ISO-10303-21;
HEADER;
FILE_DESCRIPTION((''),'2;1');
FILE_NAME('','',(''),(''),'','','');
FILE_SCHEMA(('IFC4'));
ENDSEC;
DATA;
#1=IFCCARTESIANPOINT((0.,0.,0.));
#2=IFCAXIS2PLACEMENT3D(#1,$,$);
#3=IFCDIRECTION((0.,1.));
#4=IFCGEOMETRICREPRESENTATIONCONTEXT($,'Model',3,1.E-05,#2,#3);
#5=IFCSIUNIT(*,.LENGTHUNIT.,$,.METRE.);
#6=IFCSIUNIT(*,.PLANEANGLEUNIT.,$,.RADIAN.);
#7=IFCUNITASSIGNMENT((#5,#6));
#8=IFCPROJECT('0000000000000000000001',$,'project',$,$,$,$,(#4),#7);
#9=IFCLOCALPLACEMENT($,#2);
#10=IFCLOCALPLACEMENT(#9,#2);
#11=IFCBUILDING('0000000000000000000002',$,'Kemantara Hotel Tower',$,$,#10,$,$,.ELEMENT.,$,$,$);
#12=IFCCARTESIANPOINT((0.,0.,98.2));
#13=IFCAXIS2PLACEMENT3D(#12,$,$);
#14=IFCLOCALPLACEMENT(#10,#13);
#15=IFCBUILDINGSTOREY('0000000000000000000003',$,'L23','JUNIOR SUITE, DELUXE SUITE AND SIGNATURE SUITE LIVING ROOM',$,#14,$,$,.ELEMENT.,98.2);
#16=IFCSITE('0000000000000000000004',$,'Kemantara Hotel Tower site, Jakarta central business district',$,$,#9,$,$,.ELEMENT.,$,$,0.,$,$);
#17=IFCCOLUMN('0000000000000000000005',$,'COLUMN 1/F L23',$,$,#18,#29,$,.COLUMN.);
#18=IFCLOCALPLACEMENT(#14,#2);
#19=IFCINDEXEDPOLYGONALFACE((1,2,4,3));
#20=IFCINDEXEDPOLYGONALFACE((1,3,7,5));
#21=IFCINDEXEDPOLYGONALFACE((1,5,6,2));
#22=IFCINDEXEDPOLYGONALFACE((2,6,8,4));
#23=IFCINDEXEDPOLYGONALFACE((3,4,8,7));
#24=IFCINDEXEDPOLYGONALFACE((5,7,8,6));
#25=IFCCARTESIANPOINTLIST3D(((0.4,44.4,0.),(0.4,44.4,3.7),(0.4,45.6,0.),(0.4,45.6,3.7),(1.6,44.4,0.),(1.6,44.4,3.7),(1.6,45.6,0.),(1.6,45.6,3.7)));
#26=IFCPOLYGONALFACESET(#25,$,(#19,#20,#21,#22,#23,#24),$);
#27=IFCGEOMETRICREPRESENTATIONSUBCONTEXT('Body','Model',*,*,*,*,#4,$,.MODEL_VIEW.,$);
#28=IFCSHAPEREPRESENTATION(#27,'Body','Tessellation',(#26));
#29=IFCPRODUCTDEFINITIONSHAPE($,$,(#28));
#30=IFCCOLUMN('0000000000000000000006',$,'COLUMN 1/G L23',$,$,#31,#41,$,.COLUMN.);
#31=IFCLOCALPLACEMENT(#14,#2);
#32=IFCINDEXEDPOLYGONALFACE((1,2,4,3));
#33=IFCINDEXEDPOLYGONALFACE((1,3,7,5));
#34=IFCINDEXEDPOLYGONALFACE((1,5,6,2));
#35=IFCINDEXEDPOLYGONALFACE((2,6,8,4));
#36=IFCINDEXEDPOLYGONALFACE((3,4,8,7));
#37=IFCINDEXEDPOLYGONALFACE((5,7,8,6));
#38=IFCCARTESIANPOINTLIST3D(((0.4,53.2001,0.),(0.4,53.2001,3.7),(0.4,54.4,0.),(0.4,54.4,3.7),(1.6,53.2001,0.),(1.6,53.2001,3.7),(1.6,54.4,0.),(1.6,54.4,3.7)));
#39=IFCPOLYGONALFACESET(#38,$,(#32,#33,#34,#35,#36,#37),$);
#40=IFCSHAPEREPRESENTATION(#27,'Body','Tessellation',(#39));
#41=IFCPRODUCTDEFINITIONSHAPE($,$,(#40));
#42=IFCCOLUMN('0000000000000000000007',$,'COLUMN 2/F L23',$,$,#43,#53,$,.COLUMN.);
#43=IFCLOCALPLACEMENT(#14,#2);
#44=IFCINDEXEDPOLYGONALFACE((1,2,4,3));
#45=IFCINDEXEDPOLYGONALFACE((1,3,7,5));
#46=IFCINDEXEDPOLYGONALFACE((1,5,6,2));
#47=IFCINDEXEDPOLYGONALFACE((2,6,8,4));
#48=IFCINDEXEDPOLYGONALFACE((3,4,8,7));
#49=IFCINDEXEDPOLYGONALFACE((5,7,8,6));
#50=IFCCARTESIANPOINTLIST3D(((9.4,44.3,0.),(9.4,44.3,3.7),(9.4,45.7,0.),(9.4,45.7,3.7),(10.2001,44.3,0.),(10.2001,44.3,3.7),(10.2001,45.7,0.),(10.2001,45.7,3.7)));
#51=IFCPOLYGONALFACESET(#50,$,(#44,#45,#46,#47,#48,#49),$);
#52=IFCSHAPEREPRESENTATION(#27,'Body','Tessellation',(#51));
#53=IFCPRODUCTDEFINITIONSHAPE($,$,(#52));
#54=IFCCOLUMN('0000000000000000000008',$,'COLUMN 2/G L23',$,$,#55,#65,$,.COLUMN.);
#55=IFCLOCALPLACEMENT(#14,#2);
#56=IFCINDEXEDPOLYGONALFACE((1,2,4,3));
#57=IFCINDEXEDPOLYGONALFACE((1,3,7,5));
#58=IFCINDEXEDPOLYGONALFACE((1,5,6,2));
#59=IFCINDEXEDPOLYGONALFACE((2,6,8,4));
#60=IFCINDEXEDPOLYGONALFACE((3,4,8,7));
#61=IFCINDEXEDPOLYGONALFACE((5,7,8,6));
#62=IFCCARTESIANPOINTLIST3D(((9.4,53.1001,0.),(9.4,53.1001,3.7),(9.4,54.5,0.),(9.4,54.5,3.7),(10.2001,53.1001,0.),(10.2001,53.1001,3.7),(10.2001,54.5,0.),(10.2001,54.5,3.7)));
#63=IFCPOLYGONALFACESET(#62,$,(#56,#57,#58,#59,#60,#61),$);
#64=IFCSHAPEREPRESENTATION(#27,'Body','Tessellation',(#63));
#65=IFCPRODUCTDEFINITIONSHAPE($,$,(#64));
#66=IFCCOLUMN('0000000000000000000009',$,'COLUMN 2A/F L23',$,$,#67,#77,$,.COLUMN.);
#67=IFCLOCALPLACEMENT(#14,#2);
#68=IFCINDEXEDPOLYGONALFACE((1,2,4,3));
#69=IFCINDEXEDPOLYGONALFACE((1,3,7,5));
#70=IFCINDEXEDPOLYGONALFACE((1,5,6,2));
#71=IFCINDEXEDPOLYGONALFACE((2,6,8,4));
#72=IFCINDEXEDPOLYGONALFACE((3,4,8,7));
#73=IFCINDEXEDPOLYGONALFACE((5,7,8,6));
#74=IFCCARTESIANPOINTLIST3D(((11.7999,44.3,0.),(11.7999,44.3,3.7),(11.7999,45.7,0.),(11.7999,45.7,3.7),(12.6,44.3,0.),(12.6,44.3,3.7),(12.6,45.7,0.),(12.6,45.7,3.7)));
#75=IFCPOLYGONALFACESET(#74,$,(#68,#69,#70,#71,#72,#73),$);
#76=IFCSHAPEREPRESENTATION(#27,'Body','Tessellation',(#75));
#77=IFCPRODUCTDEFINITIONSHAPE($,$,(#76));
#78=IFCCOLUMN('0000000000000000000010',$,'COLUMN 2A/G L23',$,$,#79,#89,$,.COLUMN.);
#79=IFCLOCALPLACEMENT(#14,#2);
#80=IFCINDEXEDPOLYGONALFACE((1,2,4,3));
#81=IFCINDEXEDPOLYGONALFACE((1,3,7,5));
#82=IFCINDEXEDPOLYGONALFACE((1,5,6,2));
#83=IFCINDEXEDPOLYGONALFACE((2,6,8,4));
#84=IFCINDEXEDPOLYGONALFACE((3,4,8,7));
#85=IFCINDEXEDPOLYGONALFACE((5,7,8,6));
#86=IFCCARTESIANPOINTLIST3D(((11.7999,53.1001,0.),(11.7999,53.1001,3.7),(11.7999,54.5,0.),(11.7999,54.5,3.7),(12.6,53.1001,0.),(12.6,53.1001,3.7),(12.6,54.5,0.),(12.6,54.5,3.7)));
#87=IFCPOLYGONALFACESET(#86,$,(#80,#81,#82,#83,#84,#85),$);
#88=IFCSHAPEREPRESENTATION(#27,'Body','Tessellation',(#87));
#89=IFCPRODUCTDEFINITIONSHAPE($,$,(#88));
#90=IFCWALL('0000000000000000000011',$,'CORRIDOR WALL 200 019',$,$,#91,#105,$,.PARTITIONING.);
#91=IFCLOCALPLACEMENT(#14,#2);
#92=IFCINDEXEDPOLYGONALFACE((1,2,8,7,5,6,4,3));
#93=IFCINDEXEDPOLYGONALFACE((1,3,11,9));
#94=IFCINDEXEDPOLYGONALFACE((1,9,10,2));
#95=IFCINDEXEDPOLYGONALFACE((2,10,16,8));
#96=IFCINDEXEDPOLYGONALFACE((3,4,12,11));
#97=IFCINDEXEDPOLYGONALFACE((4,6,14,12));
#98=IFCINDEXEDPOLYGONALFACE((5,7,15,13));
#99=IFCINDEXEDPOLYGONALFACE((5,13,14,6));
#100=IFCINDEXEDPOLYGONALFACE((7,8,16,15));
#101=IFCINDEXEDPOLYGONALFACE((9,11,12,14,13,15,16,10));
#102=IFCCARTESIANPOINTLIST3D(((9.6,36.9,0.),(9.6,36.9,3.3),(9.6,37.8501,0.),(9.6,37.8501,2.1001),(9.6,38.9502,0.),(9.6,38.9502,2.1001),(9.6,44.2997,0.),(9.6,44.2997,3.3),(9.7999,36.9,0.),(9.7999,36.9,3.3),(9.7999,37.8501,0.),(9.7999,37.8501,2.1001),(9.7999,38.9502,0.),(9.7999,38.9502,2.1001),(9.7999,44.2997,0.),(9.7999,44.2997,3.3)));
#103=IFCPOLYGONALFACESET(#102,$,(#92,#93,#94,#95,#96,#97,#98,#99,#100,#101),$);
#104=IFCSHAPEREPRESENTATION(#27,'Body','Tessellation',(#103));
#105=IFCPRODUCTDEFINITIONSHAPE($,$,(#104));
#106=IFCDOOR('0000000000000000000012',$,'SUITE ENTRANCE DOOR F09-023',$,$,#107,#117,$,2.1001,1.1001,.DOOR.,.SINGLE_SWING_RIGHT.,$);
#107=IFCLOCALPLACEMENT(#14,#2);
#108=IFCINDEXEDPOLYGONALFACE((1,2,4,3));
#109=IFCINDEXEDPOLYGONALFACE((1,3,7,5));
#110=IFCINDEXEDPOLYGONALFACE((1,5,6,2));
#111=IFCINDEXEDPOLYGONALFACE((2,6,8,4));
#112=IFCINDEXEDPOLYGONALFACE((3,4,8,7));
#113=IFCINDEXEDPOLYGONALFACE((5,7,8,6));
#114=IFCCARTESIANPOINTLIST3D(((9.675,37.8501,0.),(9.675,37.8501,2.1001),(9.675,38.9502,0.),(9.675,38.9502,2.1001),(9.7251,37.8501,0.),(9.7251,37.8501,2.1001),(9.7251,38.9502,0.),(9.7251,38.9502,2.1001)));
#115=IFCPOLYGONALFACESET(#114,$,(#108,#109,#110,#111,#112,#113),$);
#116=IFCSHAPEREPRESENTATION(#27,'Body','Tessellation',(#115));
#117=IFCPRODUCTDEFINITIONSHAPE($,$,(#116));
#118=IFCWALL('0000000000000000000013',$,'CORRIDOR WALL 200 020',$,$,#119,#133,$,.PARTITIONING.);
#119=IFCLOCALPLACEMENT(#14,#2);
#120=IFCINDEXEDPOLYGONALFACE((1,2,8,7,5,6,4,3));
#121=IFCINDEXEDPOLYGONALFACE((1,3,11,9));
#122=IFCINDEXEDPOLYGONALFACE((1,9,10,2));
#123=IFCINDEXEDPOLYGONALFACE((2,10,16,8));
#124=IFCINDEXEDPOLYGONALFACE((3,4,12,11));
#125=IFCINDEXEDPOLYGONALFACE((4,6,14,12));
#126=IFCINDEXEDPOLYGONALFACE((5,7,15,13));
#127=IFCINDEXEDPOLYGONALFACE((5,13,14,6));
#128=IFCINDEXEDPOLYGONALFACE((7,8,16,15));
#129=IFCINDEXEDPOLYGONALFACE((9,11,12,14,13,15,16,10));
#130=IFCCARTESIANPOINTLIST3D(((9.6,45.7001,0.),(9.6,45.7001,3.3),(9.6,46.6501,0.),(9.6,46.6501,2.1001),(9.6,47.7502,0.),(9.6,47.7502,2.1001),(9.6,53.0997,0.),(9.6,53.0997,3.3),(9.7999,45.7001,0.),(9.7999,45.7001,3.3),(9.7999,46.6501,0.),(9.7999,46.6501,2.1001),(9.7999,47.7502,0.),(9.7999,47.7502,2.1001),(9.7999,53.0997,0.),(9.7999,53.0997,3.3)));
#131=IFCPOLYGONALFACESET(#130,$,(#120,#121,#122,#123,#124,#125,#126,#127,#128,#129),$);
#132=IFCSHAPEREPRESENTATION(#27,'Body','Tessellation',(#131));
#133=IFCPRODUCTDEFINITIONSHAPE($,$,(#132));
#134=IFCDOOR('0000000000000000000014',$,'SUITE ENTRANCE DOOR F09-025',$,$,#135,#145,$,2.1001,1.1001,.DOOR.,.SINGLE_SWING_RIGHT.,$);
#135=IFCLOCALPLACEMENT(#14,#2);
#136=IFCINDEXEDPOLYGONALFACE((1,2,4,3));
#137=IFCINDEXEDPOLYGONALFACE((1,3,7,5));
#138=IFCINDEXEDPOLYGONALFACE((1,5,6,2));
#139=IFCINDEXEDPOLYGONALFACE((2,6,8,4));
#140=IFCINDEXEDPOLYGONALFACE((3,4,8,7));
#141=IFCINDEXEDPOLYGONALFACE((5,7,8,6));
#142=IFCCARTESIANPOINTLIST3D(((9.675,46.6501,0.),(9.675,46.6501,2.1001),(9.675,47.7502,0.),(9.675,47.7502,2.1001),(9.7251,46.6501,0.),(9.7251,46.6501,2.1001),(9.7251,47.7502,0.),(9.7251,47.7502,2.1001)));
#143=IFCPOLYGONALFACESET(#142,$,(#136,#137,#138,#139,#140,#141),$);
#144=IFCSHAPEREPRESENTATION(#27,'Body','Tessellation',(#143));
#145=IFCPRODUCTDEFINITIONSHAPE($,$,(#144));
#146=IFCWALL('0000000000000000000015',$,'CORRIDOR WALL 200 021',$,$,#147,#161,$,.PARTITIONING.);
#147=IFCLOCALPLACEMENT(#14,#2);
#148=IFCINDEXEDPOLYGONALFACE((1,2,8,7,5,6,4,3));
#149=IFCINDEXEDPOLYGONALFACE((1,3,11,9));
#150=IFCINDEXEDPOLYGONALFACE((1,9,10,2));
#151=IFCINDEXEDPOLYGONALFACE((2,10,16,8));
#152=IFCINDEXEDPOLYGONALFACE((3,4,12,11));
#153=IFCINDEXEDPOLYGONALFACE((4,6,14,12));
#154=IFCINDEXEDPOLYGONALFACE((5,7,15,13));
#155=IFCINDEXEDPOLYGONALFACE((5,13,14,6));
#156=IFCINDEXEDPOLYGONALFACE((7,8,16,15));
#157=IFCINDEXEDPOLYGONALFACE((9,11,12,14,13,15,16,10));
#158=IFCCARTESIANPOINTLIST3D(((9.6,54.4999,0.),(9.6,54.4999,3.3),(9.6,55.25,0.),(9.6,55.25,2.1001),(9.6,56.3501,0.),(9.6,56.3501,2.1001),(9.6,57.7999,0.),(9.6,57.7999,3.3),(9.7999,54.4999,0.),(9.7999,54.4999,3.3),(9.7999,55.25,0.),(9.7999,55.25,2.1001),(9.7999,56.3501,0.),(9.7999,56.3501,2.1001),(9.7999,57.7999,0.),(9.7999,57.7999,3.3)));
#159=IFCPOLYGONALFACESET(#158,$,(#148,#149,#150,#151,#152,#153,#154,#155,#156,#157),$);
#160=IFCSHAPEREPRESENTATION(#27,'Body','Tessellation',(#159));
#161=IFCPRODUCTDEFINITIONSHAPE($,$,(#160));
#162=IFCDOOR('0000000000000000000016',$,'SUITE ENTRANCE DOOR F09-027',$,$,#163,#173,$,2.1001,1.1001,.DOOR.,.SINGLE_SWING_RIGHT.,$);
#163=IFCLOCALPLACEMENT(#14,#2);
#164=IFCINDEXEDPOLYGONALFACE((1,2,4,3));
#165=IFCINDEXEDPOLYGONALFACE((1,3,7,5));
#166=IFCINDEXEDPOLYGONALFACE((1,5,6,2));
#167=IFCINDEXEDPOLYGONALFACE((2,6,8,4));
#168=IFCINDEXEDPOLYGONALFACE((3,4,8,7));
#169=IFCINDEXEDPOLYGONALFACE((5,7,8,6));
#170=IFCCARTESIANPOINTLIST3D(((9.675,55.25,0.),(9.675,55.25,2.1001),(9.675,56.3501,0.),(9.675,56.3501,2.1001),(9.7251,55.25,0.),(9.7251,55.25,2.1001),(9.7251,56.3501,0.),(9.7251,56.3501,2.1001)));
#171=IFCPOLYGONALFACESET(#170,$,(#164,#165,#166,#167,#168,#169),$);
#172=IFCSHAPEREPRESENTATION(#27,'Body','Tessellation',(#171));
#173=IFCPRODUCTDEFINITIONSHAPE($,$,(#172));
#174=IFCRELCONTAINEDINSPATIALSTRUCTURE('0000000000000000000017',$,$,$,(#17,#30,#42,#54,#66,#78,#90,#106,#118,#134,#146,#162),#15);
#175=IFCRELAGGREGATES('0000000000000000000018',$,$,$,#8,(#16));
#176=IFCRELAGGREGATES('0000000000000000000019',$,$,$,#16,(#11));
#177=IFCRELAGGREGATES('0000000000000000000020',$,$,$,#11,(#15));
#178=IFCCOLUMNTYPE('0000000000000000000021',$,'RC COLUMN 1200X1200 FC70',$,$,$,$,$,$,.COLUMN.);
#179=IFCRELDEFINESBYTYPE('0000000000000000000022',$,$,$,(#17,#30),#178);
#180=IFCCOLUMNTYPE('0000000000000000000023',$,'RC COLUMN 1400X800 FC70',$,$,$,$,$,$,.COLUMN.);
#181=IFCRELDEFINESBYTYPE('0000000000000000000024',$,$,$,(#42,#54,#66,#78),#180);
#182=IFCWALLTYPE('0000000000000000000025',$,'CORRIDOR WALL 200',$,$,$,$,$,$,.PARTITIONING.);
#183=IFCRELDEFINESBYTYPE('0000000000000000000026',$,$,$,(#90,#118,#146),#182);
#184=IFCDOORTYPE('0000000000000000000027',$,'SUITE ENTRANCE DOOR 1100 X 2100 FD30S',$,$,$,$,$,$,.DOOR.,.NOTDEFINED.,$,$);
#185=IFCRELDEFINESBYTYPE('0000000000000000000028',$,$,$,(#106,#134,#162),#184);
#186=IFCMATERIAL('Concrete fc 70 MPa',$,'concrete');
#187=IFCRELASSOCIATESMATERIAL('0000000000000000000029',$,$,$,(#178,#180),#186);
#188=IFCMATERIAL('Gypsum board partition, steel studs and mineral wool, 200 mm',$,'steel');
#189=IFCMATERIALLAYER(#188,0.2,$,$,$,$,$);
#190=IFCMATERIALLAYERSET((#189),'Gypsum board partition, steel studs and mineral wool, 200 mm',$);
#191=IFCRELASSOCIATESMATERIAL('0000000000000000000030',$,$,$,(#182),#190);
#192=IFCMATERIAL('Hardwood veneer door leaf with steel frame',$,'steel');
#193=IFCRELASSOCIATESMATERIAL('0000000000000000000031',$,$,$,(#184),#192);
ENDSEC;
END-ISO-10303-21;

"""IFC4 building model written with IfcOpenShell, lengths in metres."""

from ifc_helpers import new_model, si_unit, direction, frame, frame_2d, origin, origin_2d, place, context, subcontext, project, spatial, rectangle, extrude, material, layer, layer_set, material_profile, profile_set, type_object, element, fill, save


model = new_model("IFC4")

# Units and contexts
model_context = context("Model", 3, precision=1e-05, world=origin(), true_north=direction((0.0, 1.0)))
body_context = subcontext(model_context, "Body", "Model", "MODEL_VIEW")
ifc_project = project(units=[si_unit("LENGTHUNIT", "METRE"), si_unit("PLANEANGLEUNIT", "RADIAN")], contexts=[model_context])

# Site, building, storey
site_placement = place(None, origin())
site = spatial("IfcSite", under=ifc_project, at=site_placement, Name="Kemantara Hotel Tower site, Jakarta central business district", CompositionType="ELEMENT", RefElevation=0.0)
building_placement = place(site_placement, origin())
building = spatial("IfcBuilding", under=site, at=building_placement, Name="Kemantara Hotel Tower", CompositionType="ELEMENT")
storey_placement = place(building_placement, frame((0.0, 0.0, 98.2)))
storey = spatial("IfcBuildingStorey", under=building, at=storey_placement, Name="L23", Description="JUNIOR SUITE, DELUXE SUITE AND SIGNATURE SUITE LIVING ROOM", CompositionType="ELEMENT", Elevation=98.2)

# Columns
ifc_material_1 = material(Name="Concrete fc 70 MPa", Category="concrete")
ifc_material_profile_1 = material_profile(ifc_material_1, rectangle(XDim=1.2, YDim=1.2, at=origin_2d()), Name="RC 1200X1200")
ifc_profile_set_1 = profile_set([ifc_material_profile_1], Name="Concrete fc 70 MPa")
column_type_1 = type_object("IfcColumnType", Name="RC COLUMN 1200X1200 FC70", PredefinedType="COLUMN", material=ifc_profile_set_1)
for number, where, z_axis, x_axis, name in (
    (1, (1.0, 45.0, 0.0), (0.0, 0.0, 1.0), (1.0, 0.0, 0.0), "COLUMN 1/F L23"),
    (2, (1.0, 53.8, 0.0), (0.0, 0.0, 1.0), (1.0, 0.0, 0.0), "COLUMN 1/G L23"),
):
    element("IfcColumn", number, at=place(storey_placement, frame(where, z_axis=z_axis, x_axis=x_axis)), inside=storey, type_object=column_type_1, Name=name, PredefinedType="COLUMN", context=body_context, shape_type="SweptSolid", body=[
        extrude(rectangle(XDim=1.2, YDim=1.2, at=origin_2d()), origin(), (0.0, 0.0, 1.0), 3.7),
    ])
ifc_material_profile_2 = material_profile(ifc_material_1, rectangle(XDim=1.3999, YDim=0.8, at=origin_2d()), Name="RC 1400X800")
ifc_profile_set_2 = profile_set([ifc_material_profile_2], Name="Concrete fc 70 MPa")
column_type_2 = type_object("IfcColumnType", Name="RC COLUMN 1400X800 FC70", PredefinedType="COLUMN", material=ifc_profile_set_2)
for number, where, z_axis, x_axis, name in (
    (3, (9.8, 45.0, 0.0), (0.0, 0.0, 1.0), (0.0, 1.0, 0.0), "COLUMN 2/F L23"),
    (4, (9.8, 53.8, 0.0), (0.0, 0.0, 1.0), (0.0, 1.0, 0.0), "COLUMN 2/G L23"),
    (5, (12.2, 45.0, 0.0), (0.0, 0.0, 1.0), (0.0, 1.0, 0.0), "COLUMN 2A/F L23"),
    (6, (12.2, 53.8, 0.0), (0.0, 0.0, 1.0), (0.0, 1.0, 0.0), "COLUMN 2A/G L23"),
):
    element("IfcColumn", number, at=place(storey_placement, frame(where, z_axis=z_axis, x_axis=x_axis)), inside=storey, type_object=column_type_2, Name=name, PredefinedType="COLUMN", context=body_context, shape_type="SweptSolid", body=[
        extrude(rectangle(XDim=1.3999, YDim=0.8, at=origin_2d()), origin(), (0.0, 0.0, 1.0), 3.7),
    ])

# Walls, openings, doors
ifc_material_2 = material(Name="Gypsum board partition, steel studs and mineral wool, 200 mm", Category="steel")
ifc_layer_1 = layer(ifc_material_2, 0.2)
ifc_layer_set_1 = layer_set([ifc_layer_1], Name="Gypsum board partition, steel studs and mineral wool, 200 mm")
wall_type_1 = type_object("IfcWallType", Name="CORRIDOR WALL 200", PredefinedType="PARTITIONING", material=ifc_layer_set_1)
wall_1_placement = place(storey_placement, frame((9.7, 36.9001, 0.0), z_axis=(0.0, 0.0, 1.0), x_axis=(0.0, 1.0, 0.0)))
wall_1 = element("IfcWall", 7, at=wall_1_placement, inside=storey, type_object=wall_type_1, Name="CORRIDOR WALL 200 019", PredefinedType="PARTITIONING", context=body_context, shape_type="SweptSolid", body=[
    extrude(rectangle(XDim=7.3997, YDim=0.2, at=frame_2d((3.6997, 0.0))), origin(), (0.0, 0.0, 1.0), 3.3),
])
opening_1_placement = place(wall_1_placement, frame((0.95, 0.0, 0.0)))
opening_1 = element("IfcOpeningElement", 8, at=opening_1_placement, cuts=wall_1, PredefinedType="OPENING", context=body_context, shape_type="SweptSolid", body=[
    extrude(rectangle(XDim=1.1001, YDim=2.1001, at=frame_2d((0.55, 1.05))), frame((0.0, 0.1099, 0.0), z_axis=(0.0, -1.0, 0.0), x_axis=(1.0, 0.0, 0.0)), (0.0, 0.0, 1.0), 0.22),
])
ifc_material_3 = material(Name="Hardwood veneer door leaf with steel frame", Category="steel")
door_type_1 = type_object("IfcDoorType", Name="SUITE ENTRANCE DOOR 1100 X 2100 FD30S", OperationType="NOTDEFINED", PredefinedType="DOOR", material=ifc_material_3)
door_1_placement = place(opening_1_placement, origin())
door_1 = element("IfcDoor", 9, at=door_1_placement, inside=storey, type_object=door_type_1, Name="SUITE ENTRANCE DOOR F09-023", OperationType="SINGLE_SWING_RIGHT", OverallHeight=2.1001, OverallWidth=1.1001, PredefinedType="DOOR", context=body_context, shape_type="SweptSolid", body=[
    extrude(rectangle(XDim=1.1001, YDim=2.1001, at=frame_2d((0.55, 1.05))), frame((0.0, 0.0249, 0.0), z_axis=(0.0, -1.0, 0.0), x_axis=(1.0, 0.0, 0.0)), (0.0, 0.0, 1.0), 0.05),
])
fill(opening_1, door_1)
wall_2_placement = place(storey_placement, frame((9.7, 45.7002, 0.0), z_axis=(0.0, 0.0, 1.0), x_axis=(0.0, 1.0, 0.0)))
wall_2 = element("IfcWall", 10, at=wall_2_placement, inside=storey, type_object=wall_type_1, Name="CORRIDOR WALL 200 020", PredefinedType="PARTITIONING", context=body_context, shape_type="SweptSolid", body=[
    extrude(rectangle(XDim=7.3997, YDim=0.2, at=frame_2d((3.6997, 0.0))), origin(), (0.0, 0.0, 1.0), 3.3),
])
opening_2_placement = place(wall_2_placement, frame((0.95, 0.0, 0.0)))
opening_2 = element("IfcOpeningElement", 11, at=opening_2_placement, cuts=wall_2, PredefinedType="OPENING", context=body_context, shape_type="SweptSolid", body=[
    extrude(rectangle(XDim=1.1001, YDim=2.1001, at=frame_2d((0.55, 1.05))), frame((0.0, 0.1099, 0.0), z_axis=(0.0, -1.0, 0.0), x_axis=(1.0, 0.0, 0.0)), (0.0, 0.0, 1.0), 0.22),
])
door_2_placement = place(opening_2_placement, origin())
door_2 = element("IfcDoor", 12, at=door_2_placement, inside=storey, type_object=door_type_1, Name="SUITE ENTRANCE DOOR F09-025", OperationType="SINGLE_SWING_RIGHT", OverallHeight=2.1001, OverallWidth=1.1001, PredefinedType="DOOR", context=body_context, shape_type="SweptSolid", body=[
    extrude(rectangle(XDim=1.1001, YDim=2.1001, at=frame_2d((0.55, 1.05))), frame((0.0, 0.0249, 0.0), z_axis=(0.0, -1.0, 0.0), x_axis=(1.0, 0.0, 0.0)), (0.0, 0.0, 1.0), 0.05),
])
fill(opening_2, door_2)
wall_3_placement = place(storey_placement, frame((9.7, 54.5, 0.0), z_axis=(0.0, 0.0, 1.0), x_axis=(0.0, 1.0, 0.0)))
wall_3 = element("IfcWall", 13, at=wall_3_placement, inside=storey, type_object=wall_type_1, Name="CORRIDOR WALL 200 021", PredefinedType="PARTITIONING", context=body_context, shape_type="SweptSolid", body=[
    extrude(rectangle(XDim=3.3, YDim=0.2, at=frame_2d((1.6499, 0.0))), origin(), (0.0, 0.0, 1.0), 3.3),
])
opening_3_placement = place(wall_3_placement, frame((0.75, 0.0, 0.0)))
opening_3 = element("IfcOpeningElement", 14, at=opening_3_placement, cuts=wall_3, PredefinedType="OPENING", context=body_context, shape_type="SweptSolid", body=[
    extrude(rectangle(XDim=1.1001, YDim=2.1001, at=frame_2d((0.55, 1.05))), frame((0.0, 0.1099, 0.0), z_axis=(0.0, -1.0, 0.0), x_axis=(1.0, 0.0, 0.0)), (0.0, 0.0, 1.0), 0.22),
])
door_3_placement = place(opening_3_placement, origin())
door_3 = element("IfcDoor", 15, at=door_3_placement, inside=storey, type_object=door_type_1, Name="SUITE ENTRANCE DOOR F09-027", OperationType="SINGLE_SWING_RIGHT", OverallHeight=2.1001, OverallWidth=1.1001, PredefinedType="DOOR", context=body_context, shape_type="SweptSolid", body=[
    extrude(rectangle(XDim=1.1001, YDim=2.1001, at=frame_2d((0.55, 1.05))), frame((0.0, 0.0249, 0.0), z_axis=(0.0, -1.0, 0.0), x_axis=(1.0, 0.0, 0.0)), (0.0, 0.0, 1.0), 0.05),
])
fill(opening_3, door_3)

save(model, "model.ifc")
